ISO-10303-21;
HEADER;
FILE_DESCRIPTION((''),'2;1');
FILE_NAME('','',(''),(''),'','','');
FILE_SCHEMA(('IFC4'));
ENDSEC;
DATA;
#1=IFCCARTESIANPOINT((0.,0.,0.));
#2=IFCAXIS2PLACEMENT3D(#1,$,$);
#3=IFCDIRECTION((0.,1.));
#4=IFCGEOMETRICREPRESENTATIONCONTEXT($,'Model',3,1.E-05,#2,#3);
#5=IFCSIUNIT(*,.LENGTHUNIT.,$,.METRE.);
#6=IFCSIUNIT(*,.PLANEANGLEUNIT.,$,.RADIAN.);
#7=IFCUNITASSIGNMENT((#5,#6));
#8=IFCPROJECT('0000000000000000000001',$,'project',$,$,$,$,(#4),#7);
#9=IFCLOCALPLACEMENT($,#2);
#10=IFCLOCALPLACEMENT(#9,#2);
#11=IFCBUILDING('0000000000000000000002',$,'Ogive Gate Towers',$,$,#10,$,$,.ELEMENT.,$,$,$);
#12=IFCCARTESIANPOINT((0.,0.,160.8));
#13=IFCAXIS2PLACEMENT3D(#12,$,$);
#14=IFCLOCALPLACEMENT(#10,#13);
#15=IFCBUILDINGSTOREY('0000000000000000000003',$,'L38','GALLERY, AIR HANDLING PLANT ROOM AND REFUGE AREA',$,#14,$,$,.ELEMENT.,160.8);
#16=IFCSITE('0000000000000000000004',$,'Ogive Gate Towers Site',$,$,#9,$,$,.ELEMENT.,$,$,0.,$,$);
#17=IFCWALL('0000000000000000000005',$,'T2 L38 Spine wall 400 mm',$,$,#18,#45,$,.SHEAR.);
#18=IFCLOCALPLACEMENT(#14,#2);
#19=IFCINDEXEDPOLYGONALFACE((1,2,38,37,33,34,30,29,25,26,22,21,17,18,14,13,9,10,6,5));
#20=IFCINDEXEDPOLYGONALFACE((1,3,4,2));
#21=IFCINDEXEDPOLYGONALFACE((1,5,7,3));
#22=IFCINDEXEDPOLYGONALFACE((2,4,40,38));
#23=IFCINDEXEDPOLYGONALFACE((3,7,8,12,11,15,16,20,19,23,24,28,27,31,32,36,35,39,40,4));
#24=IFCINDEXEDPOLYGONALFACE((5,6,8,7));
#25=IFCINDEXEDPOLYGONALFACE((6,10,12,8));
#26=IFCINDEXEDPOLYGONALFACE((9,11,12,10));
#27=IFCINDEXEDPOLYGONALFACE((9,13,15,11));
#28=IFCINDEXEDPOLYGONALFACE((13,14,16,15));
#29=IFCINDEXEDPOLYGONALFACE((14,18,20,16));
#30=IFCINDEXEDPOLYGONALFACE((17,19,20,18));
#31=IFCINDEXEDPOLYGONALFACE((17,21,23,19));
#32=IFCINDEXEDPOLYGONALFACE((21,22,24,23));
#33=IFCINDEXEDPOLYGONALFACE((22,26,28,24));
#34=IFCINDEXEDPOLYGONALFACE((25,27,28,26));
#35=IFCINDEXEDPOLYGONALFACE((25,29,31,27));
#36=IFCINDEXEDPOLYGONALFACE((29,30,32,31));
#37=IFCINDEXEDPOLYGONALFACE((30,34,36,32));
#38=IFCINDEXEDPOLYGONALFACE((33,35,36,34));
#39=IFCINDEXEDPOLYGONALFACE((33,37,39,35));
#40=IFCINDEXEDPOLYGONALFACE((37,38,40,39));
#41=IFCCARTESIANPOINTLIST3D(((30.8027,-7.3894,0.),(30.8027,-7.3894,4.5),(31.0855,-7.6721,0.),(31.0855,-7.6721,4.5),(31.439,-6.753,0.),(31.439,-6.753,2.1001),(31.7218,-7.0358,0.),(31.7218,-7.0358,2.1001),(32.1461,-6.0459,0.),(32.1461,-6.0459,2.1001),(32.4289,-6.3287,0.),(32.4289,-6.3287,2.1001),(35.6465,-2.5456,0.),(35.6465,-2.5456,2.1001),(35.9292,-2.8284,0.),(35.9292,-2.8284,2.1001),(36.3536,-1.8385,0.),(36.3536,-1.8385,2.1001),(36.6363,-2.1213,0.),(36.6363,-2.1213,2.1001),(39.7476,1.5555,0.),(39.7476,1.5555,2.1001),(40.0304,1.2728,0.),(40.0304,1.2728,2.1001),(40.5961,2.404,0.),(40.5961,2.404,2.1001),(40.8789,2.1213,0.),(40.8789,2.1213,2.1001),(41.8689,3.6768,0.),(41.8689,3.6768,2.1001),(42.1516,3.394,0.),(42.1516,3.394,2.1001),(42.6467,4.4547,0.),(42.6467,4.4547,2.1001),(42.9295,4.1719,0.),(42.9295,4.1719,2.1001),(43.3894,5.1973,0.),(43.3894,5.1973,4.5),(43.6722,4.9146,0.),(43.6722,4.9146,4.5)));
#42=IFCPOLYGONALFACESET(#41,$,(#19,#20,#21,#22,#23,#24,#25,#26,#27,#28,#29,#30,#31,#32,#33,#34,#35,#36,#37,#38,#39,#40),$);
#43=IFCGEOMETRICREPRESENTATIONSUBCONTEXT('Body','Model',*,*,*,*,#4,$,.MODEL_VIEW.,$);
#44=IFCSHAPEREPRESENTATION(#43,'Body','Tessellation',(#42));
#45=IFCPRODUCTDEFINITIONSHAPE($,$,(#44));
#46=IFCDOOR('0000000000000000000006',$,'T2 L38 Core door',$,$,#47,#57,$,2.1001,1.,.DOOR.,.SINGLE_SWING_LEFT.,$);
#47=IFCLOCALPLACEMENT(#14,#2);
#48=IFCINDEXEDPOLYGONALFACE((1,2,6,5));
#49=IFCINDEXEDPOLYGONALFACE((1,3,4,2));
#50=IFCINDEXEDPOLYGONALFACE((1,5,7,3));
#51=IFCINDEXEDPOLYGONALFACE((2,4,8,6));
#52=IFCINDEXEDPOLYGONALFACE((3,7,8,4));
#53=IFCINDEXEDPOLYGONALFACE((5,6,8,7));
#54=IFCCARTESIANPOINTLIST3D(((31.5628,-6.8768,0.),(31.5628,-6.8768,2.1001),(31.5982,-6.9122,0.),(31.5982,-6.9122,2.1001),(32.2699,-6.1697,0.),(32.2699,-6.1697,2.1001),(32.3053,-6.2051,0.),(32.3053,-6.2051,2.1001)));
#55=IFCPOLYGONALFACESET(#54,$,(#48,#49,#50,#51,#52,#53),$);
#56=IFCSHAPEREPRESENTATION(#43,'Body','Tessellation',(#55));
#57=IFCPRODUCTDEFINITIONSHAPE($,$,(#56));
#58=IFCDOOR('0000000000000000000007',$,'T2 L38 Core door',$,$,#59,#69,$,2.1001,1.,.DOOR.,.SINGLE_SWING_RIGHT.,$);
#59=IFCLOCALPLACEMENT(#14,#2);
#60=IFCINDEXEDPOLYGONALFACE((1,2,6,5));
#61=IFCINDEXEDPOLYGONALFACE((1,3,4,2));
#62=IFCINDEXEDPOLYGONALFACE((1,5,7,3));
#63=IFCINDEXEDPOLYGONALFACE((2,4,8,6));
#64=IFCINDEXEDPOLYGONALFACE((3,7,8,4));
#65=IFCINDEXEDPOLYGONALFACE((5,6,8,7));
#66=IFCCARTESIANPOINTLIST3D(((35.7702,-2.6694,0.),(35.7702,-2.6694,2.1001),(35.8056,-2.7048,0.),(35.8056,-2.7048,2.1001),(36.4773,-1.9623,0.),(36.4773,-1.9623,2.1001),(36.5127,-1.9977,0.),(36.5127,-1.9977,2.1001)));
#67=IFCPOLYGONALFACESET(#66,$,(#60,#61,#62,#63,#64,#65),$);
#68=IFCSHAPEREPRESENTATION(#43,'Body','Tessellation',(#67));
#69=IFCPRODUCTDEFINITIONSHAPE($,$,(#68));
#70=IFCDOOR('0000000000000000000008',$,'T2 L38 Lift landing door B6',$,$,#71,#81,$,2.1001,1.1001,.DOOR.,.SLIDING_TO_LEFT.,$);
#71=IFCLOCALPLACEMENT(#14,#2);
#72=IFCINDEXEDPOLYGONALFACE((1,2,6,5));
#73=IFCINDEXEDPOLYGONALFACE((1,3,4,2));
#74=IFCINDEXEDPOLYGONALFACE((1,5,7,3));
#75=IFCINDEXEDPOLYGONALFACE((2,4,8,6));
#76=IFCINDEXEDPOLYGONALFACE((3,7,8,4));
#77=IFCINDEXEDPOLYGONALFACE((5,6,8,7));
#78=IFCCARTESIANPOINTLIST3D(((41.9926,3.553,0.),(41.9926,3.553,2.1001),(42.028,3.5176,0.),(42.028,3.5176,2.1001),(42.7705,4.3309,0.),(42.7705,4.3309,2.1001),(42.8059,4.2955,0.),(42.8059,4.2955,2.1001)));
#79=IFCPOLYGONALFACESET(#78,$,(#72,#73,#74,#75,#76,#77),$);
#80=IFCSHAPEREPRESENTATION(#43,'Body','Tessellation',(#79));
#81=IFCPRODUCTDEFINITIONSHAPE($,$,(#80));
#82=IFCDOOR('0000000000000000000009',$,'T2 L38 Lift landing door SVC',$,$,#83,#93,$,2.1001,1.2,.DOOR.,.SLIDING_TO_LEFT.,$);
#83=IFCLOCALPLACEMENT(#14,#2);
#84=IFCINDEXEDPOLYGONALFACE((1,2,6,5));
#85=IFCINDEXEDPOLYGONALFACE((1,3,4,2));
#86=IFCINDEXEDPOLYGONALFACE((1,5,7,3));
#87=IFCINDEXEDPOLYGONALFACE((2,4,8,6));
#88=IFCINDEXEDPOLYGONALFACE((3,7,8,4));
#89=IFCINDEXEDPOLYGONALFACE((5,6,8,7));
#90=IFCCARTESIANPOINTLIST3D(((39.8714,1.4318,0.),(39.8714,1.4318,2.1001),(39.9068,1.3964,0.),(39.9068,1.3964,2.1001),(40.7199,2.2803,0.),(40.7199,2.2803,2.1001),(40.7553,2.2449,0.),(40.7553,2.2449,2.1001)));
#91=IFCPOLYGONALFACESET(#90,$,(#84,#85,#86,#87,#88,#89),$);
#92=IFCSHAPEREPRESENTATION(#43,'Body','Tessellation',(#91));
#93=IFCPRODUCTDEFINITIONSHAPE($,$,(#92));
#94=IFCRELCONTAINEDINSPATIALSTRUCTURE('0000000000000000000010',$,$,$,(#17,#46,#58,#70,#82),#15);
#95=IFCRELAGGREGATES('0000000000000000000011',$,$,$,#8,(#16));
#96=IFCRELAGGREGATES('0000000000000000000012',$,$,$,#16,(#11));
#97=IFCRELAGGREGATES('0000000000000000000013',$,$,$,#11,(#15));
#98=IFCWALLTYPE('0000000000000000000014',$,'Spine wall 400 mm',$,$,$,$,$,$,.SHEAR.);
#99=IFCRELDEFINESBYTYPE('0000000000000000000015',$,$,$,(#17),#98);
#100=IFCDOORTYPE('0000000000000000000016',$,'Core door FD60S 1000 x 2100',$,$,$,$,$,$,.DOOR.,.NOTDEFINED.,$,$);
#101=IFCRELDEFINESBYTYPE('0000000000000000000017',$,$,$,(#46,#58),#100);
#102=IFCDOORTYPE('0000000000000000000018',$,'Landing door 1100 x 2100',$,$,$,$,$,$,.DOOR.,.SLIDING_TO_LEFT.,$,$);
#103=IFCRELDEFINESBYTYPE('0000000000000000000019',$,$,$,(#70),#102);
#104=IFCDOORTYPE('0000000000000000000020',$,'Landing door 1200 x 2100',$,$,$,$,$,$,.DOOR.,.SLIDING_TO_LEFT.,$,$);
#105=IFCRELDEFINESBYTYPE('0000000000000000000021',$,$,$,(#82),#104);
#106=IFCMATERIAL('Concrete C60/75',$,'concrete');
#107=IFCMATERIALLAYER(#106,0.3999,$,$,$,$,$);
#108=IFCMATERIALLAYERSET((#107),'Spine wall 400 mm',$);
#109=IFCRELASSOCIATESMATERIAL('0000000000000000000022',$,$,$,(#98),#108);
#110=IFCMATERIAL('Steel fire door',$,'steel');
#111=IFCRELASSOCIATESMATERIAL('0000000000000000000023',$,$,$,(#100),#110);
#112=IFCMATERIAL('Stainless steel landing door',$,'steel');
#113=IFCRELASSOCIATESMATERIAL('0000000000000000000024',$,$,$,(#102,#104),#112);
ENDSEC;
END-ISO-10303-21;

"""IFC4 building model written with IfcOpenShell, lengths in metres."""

from ifc_helpers import new_model, si_unit, direction, frame, frame_2d, origin, place, context, subcontext, project, spatial, rectangle, extrude, material, layer, layer_set, type_object, element, fill, save


model = new_model("IFC4")

# Units and contexts
model_context = context("Model", 3, precision=1e-05, world=origin(), true_north=direction((0.0, 1.0)))
body_context = subcontext(model_context, "Body", "Model", "MODEL_VIEW")
ifc_project = project(units=[si_unit("LENGTHUNIT", "METRE"), si_unit("PLANEANGLEUNIT", "RADIAN")], contexts=[model_context])

# Site, building, storey
site_placement = place(None, origin())
site = spatial("IfcSite", under=ifc_project, at=site_placement, Name="Ogive Gate Towers Site", CompositionType="ELEMENT", RefElevation=0.0)
building_placement = place(site_placement, origin())
building = spatial("IfcBuilding", under=site, at=building_placement, Name="Ogive Gate Towers", CompositionType="ELEMENT")
storey_placement = place(building_placement, frame((0.0, 0.0, 160.8)))
storey = spatial("IfcBuildingStorey", under=building, at=storey_placement, Name="L38", Description="GALLERY, AIR HANDLING PLANT ROOM AND REFUGE AREA", CompositionType="ELEMENT", Elevation=160.8)

# Shared definitions
ifc_material_1 = material(Name="Concrete C60/75", Category="concrete")

# Wall, openings, doors
ifc_layer_1 = layer(ifc_material_1, 0.3999)
ifc_layer_set_1 = layer_set([ifc_layer_1], Name="Spine wall 400 mm")
wall_type_1 = type_object("IfcWallType", Name="Spine wall 400 mm", PredefinedType="SHEAR", material=ifc_layer_set_1)
wall_1_placement = place(storey_placement, frame((30.9441, -7.5308, 0.0), z_axis=(0.0, 0.0, 1.0), x_axis=(0.707107, 0.707107, 0.0)))
wall_1 = element("IfcWall", 1, at=wall_1_placement, inside=storey, type_object=wall_type_1, Name="T2 L38 Spine wall 400 mm", PredefinedType="SHEAR", context=body_context, shape_type="SweptSolid", body=[
    extrude(rectangle(XDim=17.8003, YDim=0.3999, at=frame_2d((8.9001, 0.0))), origin(), (0.0, 0.0, 1.0), 4.5),
])
opening_1_placement = place(wall_1_placement, frame((12.6499, 0.0, 0.0)))
opening_1 = element("IfcOpeningElement", 2, at=opening_1_placement, cuts=wall_1, PredefinedType="OPENING", context=body_context, shape_type="SweptSolid", body=[
    extrude(rectangle(XDim=1.2, YDim=2.1001, at=frame_2d((0.6001, 1.05))), frame((0.0, 0.21, 0.0), z_axis=(0.0, -1.0, 0.0), x_axis=(1.0, 0.0, 0.0)), (0.0, 0.0, 1.0), 0.4199),
])
opening_2_placement = place(wall_1_placement, frame((15.6499, 0.0, 0.0)))
opening_2 = element("IfcOpeningElement", 3, at=opening_2_placement, cuts=wall_1, PredefinedType="OPENING", context=body_context, shape_type="SweptSolid", body=[
    extrude(rectangle(XDim=1.1001, YDim=2.1001, at=frame_2d((0.55, 1.05))), frame((0.0, 0.21, 0.0), z_axis=(0.0, -1.0, 0.0), x_axis=(1.0, 0.0, 0.0)), (0.0, 0.0, 1.0), 0.4199),
])
opening_3_placement = place(wall_1_placement, frame((0.8999, 0.0, 0.0)))
opening_3 = element("IfcOpeningElement", 4, at=opening_3_placement, cuts=wall_1, PredefinedType="OPENING", context=body_context, shape_type="SweptSolid", body=[
    extrude(rectangle(XDim=1.0, YDim=2.1001, at=frame_2d((0.5, 1.05))), frame((0.0, 0.21, 0.0), z_axis=(0.0, -1.0, 0.0), x_axis=(1.0, 0.0, 0.0)), (0.0, 0.0, 1.0), 0.4199),
])
opening_4_placement = place(wall_1_placement, frame((6.8501, 0.0, 0.0)))
opening_4 = element("IfcOpeningElement", 5, at=opening_4_placement, cuts=wall_1, PredefinedType="OPENING", context=body_context, shape_type="SweptSolid", body=[
    extrude(rectangle(XDim=1.0, YDim=2.1001, at=frame_2d((0.5, 1.05))), frame((0.0, 0.21, 0.0), z_axis=(0.0, -1.0, 0.0), x_axis=(1.0, 0.0, 0.0)), (0.0, 0.0, 1.0), 0.4199),
])
ifc_material_2 = material(Name="Steel fire door", Category="steel")
door_type_1 = type_object("IfcDoorType", Name="Core door FD60S 1000 x 2100", OperationType="NOTDEFINED", PredefinedType="DOOR", material=ifc_material_2)
door_1_placement = place(opening_3_placement, origin())
door_1 = element("IfcDoor", 6, at=door_1_placement, inside=storey, type_object=door_type_1, Name="T2 L38 Core door", OperationType="SINGLE_SWING_LEFT", OverallHeight=2.1001, OverallWidth=1.0, PredefinedType="DOOR", context=body_context, shape_type="SweptSolid", body=[
    extrude(rectangle(XDim=1.0, YDim=2.1001, at=frame_2d((0.5, 1.05))), frame((0.0, 0.0249, 0.0), z_axis=(0.0, -1.0, 0.0), x_axis=(1.0, 0.0, 0.0)), (0.0, 0.0, 1.0), 0.05),
])
fill(opening_3, door_1)
door_2_placement = place(opening_4_placement, origin())
door_2 = element("IfcDoor", 7, at=door_2_placement, inside=storey, type_object=door_type_1, Name="T2 L38 Core door", OperationType="SINGLE_SWING_RIGHT", OverallHeight=2.1001, OverallWidth=1.0, PredefinedType="DOOR", context=body_context, shape_type="SweptSolid", body=[
    extrude(rectangle(XDim=1.0, YDim=2.1001, at=frame_2d((0.5, 1.05))), frame((0.0, 0.0249, 0.0), z_axis=(0.0, -1.0, 0.0), x_axis=(1.0, 0.0, 0.0)), (0.0, 0.0, 1.0), 0.05),
])
fill(opening_4, door_2)
ifc_material_3 = material(Name="Stainless steel landing door", Category="steel")
door_type_2 = type_object("IfcDoorType", Name="Landing door 1100 x 2100", OperationType="SLIDING_TO_LEFT", PredefinedType="DOOR", material=ifc_material_3)
door_3_placement = place(opening_2_placement, origin())
door_3 = element("IfcDoor", 8, at=door_3_placement, inside=storey, type_object=door_type_2, Name="T2 L38 Lift landing door B6", OperationType="SLIDING_TO_LEFT", OverallHeight=2.1001, OverallWidth=1.1001, PredefinedType="DOOR", context=body_context, shape_type="SweptSolid", body=[
    extrude(rectangle(XDim=1.1001, YDim=2.1001, at=frame_2d((0.55, 1.05))), frame((0.0, 0.0249, 0.0), z_axis=(0.0, -1.0, 0.0), x_axis=(1.0, 0.0, 0.0)), (0.0, 0.0, 1.0), 0.05),
])
fill(opening_2, door_3)
door_type_3 = type_object("IfcDoorType", Name="Landing door 1200 x 2100", OperationType="SLIDING_TO_LEFT", PredefinedType="DOOR", material=ifc_material_3)
door_4_placement = place(opening_1_placement, origin())
door_4 = element("IfcDoor", 9, at=door_4_placement, inside=storey, type_object=door_type_3, Name="T2 L38 Lift landing door SVC", OperationType="SLIDING_TO_LEFT", OverallHeight=2.1001, OverallWidth=1.2, PredefinedType="DOOR", context=body_context, shape_type="SweptSolid", body=[
    extrude(rectangle(XDim=1.2, YDim=2.1001, at=frame_2d((0.6001, 1.05))), frame((0.0, 0.0249, 0.0), z_axis=(0.0, -1.0, 0.0), x_axis=(1.0, 0.0, 0.0)), (0.0, 0.0, 1.0), 0.05),
])
fill(opening_1, door_4)

save(model, "model.ifc")
